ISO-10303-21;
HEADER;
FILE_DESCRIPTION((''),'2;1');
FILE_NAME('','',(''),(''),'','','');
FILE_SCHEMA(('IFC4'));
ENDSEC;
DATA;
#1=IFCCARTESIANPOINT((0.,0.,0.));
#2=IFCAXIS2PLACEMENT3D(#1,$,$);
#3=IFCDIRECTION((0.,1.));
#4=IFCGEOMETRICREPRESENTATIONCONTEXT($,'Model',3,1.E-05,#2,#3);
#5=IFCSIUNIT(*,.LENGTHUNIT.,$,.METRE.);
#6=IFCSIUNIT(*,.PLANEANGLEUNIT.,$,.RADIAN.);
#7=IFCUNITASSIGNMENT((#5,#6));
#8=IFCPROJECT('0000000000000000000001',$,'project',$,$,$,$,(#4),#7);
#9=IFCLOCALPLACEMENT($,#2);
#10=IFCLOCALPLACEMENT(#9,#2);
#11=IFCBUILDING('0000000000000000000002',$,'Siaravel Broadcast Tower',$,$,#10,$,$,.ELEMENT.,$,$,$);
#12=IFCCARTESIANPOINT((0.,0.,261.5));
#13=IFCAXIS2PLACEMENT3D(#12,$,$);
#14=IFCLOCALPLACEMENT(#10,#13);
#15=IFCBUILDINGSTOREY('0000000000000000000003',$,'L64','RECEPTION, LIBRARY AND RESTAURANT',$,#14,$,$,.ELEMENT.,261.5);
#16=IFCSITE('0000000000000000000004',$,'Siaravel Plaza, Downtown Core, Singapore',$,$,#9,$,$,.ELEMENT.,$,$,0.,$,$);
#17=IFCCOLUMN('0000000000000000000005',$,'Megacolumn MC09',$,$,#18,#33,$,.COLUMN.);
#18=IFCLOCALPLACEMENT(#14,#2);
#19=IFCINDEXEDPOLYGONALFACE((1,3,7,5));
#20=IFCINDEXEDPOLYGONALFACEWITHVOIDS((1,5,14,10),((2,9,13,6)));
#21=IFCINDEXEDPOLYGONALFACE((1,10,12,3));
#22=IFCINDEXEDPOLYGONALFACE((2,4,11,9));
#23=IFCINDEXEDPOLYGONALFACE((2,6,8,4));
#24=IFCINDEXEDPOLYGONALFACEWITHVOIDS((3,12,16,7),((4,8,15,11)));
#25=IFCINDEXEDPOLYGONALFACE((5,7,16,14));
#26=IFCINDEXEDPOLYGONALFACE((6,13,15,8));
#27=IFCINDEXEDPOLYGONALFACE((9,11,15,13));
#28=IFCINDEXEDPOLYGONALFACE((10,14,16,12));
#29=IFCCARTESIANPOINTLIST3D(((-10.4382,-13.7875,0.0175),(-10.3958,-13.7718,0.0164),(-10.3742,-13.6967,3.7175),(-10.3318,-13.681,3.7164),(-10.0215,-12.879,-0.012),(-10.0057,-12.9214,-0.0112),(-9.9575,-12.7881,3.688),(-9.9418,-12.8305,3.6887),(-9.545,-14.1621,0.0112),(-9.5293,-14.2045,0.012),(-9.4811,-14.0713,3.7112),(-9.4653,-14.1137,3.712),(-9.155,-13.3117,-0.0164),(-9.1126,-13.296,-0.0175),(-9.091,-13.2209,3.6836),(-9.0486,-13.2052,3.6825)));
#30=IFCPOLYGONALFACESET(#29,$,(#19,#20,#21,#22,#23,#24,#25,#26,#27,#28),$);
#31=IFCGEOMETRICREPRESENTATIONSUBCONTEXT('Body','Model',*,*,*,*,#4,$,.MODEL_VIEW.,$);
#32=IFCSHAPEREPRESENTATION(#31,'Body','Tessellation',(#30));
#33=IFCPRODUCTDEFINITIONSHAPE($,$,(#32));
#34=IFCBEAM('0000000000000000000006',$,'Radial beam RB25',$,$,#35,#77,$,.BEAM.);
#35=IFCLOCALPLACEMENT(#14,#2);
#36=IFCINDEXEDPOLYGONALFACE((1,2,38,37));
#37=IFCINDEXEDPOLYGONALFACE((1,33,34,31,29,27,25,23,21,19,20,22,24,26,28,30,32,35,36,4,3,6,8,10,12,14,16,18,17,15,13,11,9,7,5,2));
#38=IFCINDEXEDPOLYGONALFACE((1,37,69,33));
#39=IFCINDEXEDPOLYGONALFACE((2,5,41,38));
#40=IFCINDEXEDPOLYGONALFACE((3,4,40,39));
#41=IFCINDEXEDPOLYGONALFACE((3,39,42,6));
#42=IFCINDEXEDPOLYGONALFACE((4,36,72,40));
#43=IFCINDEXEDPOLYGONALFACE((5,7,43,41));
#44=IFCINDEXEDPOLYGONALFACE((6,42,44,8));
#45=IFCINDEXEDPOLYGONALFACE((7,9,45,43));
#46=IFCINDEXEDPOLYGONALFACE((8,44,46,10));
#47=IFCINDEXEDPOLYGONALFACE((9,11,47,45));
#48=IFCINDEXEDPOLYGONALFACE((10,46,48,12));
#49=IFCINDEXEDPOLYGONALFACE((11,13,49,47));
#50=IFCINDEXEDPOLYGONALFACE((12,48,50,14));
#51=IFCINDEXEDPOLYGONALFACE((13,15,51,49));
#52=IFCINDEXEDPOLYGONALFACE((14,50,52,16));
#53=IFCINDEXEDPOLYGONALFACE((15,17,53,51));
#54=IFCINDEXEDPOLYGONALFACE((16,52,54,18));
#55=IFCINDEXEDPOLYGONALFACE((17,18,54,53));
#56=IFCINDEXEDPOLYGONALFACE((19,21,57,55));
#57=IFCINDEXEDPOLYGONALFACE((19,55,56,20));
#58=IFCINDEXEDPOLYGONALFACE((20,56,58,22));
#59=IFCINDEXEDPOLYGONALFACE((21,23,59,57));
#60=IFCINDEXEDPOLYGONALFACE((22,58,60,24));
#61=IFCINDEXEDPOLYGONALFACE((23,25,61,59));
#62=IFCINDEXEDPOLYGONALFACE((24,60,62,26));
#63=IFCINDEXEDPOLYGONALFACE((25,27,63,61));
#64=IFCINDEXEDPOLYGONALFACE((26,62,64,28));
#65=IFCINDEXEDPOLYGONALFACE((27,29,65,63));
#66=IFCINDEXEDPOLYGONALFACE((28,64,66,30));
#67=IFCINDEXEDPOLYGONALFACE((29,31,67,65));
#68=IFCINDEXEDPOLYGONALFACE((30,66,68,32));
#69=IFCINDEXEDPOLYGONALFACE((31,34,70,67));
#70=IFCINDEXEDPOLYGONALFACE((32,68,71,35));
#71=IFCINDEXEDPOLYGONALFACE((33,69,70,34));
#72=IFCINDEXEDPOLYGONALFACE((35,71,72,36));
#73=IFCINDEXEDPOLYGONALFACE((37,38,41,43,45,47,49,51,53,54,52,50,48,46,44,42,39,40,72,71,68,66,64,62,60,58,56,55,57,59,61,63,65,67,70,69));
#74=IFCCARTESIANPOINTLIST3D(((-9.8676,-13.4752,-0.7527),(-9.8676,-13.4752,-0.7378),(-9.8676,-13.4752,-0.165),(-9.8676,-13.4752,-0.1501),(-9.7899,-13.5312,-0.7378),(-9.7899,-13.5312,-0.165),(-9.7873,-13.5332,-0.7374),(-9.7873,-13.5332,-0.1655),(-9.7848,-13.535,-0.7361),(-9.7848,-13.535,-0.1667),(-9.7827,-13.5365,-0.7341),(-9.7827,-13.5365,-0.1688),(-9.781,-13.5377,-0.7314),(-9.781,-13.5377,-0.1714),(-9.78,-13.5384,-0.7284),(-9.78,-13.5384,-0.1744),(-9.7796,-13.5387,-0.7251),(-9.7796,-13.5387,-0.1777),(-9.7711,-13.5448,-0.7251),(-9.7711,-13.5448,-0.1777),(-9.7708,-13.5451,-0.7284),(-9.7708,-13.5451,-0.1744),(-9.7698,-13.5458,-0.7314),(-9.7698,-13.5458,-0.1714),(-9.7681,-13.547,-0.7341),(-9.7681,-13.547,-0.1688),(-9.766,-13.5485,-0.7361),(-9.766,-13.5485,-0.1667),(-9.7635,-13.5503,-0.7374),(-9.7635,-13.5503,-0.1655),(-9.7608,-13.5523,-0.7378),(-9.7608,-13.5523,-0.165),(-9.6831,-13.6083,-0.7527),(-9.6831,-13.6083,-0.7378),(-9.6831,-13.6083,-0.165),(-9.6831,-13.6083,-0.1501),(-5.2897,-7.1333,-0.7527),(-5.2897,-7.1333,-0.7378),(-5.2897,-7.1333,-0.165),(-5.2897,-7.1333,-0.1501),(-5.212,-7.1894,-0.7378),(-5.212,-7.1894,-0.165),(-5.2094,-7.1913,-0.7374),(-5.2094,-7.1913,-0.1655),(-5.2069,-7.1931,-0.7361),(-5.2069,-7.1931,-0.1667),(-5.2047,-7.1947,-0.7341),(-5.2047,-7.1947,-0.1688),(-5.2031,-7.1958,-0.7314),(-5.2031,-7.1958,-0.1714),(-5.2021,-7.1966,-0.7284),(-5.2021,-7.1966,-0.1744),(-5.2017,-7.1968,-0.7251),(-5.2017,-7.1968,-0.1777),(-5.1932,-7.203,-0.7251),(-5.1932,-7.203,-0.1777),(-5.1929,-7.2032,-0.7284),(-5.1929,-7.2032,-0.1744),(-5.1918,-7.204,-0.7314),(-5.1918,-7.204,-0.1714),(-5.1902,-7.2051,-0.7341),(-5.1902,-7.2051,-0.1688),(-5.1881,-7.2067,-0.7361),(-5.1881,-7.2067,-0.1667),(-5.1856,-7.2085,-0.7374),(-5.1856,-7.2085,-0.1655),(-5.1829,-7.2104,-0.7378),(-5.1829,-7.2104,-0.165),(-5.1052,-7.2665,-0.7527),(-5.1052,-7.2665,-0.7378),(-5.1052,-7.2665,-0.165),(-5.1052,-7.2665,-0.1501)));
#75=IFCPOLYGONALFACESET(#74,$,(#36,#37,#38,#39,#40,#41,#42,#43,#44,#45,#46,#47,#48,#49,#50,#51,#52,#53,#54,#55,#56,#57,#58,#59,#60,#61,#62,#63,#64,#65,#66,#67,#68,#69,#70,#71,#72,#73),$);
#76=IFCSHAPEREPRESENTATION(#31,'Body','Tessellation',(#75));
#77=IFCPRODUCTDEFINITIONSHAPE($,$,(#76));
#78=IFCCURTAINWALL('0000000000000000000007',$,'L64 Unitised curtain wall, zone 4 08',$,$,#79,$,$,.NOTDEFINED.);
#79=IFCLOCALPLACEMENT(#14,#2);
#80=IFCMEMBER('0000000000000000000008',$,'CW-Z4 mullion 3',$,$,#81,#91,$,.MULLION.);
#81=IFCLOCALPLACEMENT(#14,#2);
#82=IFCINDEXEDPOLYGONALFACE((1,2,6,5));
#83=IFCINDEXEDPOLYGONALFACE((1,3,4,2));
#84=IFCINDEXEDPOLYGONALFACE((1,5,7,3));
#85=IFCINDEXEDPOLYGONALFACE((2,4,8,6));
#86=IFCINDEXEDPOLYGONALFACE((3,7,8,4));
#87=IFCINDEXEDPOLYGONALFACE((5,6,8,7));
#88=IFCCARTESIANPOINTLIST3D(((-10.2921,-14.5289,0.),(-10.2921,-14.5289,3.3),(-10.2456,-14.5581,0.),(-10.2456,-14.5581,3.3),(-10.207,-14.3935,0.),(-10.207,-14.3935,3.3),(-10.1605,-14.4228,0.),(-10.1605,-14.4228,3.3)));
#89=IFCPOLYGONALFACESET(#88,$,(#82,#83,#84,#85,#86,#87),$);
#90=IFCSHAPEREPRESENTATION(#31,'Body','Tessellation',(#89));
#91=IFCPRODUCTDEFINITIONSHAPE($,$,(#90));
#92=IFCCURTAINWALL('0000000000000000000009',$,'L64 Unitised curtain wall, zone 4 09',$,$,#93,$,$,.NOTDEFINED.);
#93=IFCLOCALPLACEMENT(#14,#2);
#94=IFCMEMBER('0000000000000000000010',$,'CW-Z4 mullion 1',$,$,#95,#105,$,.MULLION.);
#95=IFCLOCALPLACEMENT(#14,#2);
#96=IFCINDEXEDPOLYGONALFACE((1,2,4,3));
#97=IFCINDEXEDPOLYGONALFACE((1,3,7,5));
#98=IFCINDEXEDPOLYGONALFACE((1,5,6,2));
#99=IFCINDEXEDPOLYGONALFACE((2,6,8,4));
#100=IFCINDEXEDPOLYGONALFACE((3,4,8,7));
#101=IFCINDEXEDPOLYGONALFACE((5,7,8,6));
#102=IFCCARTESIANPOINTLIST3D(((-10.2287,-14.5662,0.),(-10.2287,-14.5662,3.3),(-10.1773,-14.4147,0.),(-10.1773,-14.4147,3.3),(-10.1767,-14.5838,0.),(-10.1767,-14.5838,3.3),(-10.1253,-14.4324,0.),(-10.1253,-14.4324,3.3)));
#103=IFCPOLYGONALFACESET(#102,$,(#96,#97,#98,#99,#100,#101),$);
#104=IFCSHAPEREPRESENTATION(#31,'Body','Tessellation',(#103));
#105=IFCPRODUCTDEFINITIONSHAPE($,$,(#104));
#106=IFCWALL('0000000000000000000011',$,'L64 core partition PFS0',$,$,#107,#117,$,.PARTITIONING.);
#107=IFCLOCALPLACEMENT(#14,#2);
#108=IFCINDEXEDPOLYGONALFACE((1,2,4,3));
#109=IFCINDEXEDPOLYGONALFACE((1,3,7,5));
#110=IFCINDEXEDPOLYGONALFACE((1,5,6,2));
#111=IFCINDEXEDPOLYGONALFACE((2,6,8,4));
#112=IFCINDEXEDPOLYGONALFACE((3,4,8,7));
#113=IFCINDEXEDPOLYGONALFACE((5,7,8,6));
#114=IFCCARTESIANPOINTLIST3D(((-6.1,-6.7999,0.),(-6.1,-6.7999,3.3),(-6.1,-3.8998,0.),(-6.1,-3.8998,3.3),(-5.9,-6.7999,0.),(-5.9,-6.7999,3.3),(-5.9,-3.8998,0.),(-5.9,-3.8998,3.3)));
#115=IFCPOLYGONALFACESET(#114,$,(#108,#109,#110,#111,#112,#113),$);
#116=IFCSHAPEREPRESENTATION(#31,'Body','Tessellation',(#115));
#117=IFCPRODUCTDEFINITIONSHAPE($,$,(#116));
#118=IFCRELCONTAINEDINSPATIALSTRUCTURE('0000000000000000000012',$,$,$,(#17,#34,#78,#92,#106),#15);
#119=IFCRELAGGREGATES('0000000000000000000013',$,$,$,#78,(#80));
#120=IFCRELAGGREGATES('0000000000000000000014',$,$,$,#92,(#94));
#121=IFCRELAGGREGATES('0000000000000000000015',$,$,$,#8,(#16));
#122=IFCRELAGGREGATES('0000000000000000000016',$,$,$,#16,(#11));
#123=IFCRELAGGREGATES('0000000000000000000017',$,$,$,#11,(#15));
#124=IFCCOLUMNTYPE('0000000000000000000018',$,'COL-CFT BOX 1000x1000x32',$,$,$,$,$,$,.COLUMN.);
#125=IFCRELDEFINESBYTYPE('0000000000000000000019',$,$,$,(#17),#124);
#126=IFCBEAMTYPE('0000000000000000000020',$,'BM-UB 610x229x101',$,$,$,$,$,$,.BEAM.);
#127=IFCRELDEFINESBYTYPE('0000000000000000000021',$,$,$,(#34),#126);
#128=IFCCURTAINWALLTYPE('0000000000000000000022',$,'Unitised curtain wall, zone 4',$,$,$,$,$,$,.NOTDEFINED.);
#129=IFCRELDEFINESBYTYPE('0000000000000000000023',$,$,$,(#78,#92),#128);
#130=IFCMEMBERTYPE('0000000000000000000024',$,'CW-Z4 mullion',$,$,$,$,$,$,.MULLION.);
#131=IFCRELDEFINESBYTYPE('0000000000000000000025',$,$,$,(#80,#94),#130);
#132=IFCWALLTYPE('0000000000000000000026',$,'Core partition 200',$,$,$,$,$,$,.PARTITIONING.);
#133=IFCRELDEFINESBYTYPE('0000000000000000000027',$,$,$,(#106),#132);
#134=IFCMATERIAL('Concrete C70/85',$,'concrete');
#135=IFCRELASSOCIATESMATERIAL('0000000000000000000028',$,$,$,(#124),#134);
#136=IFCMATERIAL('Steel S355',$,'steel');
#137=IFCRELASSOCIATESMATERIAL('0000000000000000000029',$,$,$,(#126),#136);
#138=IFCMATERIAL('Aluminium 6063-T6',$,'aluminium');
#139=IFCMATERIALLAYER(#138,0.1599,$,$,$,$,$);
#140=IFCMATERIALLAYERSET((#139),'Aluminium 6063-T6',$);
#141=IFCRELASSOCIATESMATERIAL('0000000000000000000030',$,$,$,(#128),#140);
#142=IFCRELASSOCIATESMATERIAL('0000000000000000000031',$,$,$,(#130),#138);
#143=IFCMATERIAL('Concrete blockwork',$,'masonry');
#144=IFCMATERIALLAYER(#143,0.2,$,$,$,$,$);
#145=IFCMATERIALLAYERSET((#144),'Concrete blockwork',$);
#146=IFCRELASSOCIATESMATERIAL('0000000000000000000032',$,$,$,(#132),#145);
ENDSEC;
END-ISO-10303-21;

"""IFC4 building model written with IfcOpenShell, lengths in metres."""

from ifc_helpers import new_model, si_unit, direction, frame, frame_2d, origin, origin_2d, place, context, subcontext, project, spatial, rectangle, hollow_rectangle, i_section, extrude, material, layer, layer_set, material_profile, profile_set, type_object, element, aggregate, save


model = new_model("IFC4")

# Units and contexts
model_context = context("Model", 3, precision=1e-05, world=origin(), true_north=direction((0.0, 1.0)))
body_context = subcontext(model_context, "Body", "Model", "MODEL_VIEW")
ifc_project = project(units=[si_unit("LENGTHUNIT", "METRE"), si_unit("PLANEANGLEUNIT", "RADIAN")], contexts=[model_context])

# Site, building, storey
site_placement = place(None, origin())
site = spatial("IfcSite", under=ifc_project, at=site_placement, Name="Siaravel Plaza, Downtown Core, Singapore", CompositionType="ELEMENT", RefElevation=0.0)
building_placement = place(site_placement, origin())
building = spatial("IfcBuilding", under=site, at=building_placement, Name="Siaravel Broadcast Tower", CompositionType="ELEMENT")
storey_placement = place(building_placement, frame((0.0, 0.0, 261.5)))
storey = spatial("IfcBuildingStorey", under=building, at=storey_placement, Name="L64", Description="RECEPTION, LIBRARY AND RESTAURANT", CompositionType="ELEMENT", Elevation=261.5)

# Column
ifc_material_1 = material(Name="Concrete C70/85", Category="concrete")
ifc_material_profile_1 = material_profile(ifc_material_1, hollow_rectangle(XDim=1.0, YDim=1.0, WallThickness=0.032, at=origin_2d()))
ifc_profile_set_1 = profile_set([ifc_material_profile_1], Name="Concrete C70/85")
column_type = type_object("IfcColumnType", Name="COL-CFT BOX 1000x1000x32", PredefinedType="COLUMN", material=ifc_profile_set_1)
column_placement = place(storey_placement, frame((-9.7754, -13.5417, 0.0), z_axis=(0.01728, 0.024535, 0.99955), x_axis=(-0.908883, 0.417016, 0.005477)))
element("IfcColumn", 1, at=column_placement, inside=storey, type_object=column_type, Name="Megacolumn MC09", PredefinedType="COLUMN", context=body_context, shape_type="SweptSolid", body=[
    extrude(hollow_rectangle(XDim=1.0, YDim=1.0, WallThickness=0.032, at=origin_2d()), origin(), (0.0, 0.0, 1.0), 3.7017),
])

# Beam
ifc_material_2 = material(Name="Steel S355", Category="steel")
ifc_material_profile_2 = material_profile(ifc_material_2, i_section(OverallWidth=0.2275, OverallDepth=0.6025, WebThickness=0.0105, FlangeThickness=0.0149, FilletRadius=0.0127, at=origin_2d()))
ifc_profile_set_2 = profile_set([ifc_material_profile_2], Name="Steel S355")
beam_type = type_object("IfcBeamType", Name="BM-UB 610x229x101", PredefinedType="BEAM", material=ifc_profile_set_2)
beam_placement = place(storey_placement, frame((-9.7754, -13.5417, -0.4514), z_axis=(0.585297, 0.810819, 0.0), x_axis=(-0.810819, 0.585297, 0.0)))
element("IfcBeam", 2, at=beam_placement, inside=storey, type_object=beam_type, Name="Radial beam RB25", PredefinedType="BEAM", context=body_context, shape_type="SweptSolid", body=[
    extrude(i_section(OverallWidth=0.2275, OverallDepth=0.6025, WebThickness=0.0105, FlangeThickness=0.0149, FilletRadius=0.0127, at=origin_2d()), origin(), (0.0, 0.0, 1.0), 7.8215),
])

# Curtain walls, members
ifc_material_3 = material(Name="Aluminium 6063-T6", Category="aluminium")
ifc_layer_1 = layer(ifc_material_3, 0.1599)
ifc_layer_set_1 = layer_set([ifc_layer_1], Name="Aluminium 6063-T6")
curtain_wall_type = type_object("IfcCurtainWallType", Name="Unitised curtain wall, zone 4", PredefinedType="NOTDEFINED", material=ifc_layer_set_1)
curtain_wall_1_placement = place(storey_placement, origin())
curtain_wall_1 = element("IfcCurtainWall", 3, at=curtain_wall_1_placement, inside=storey, type_object=curtain_wall_type, Name="L64 Unitised curtain wall, zone 4 08", PredefinedType="NOTDEFINED")
ifc_material_profile_3 = material_profile(ifc_material_3, rectangle(XDim=0.1599, YDim=0.0549, at=origin_2d()))
ifc_profile_set_3 = profile_set([ifc_material_profile_3], Name="Aluminium 6063-T6")
member_type = type_object("IfcMemberType", Name="CW-Z4 mullion", PredefinedType="MULLION", material=ifc_profile_set_3)
member_1_placement = place(storey_placement, frame((-10.2263, -14.4758, 0.0), z_axis=(0.0, 0.0, 1.0), x_axis=(0.532151, 0.84665, 0.0)))
member_1 = element("IfcMember", 4, at=member_1_placement, type_object=member_type, Name="CW-Z4 mullion 3", PredefinedType="MULLION", context=body_context, shape_type="SweptSolid", body=[
    extrude(rectangle(XDim=0.1599, YDim=0.0549, at=origin_2d()), origin(), (0.0, 0.0, 1.0), 3.3),
])
aggregate(curtain_wall_1, [member_1])
curtain_wall_2_placement = place(storey_placement, origin())
curtain_wall_2 = element("IfcCurtainWall", 5, at=curtain_wall_2_placement, inside=storey, type_object=curtain_wall_type, Name="L64 Unitised curtain wall, zone 4 09", PredefinedType="NOTDEFINED")
member_2_placement = place(storey_placement, frame((-10.177, -14.4993, 0.0), z_axis=(0.0, 0.0, 1.0), x_axis=(0.321302, 0.946977, 0.0)))
member_2 = element("IfcMember", 6, at=member_2_placement, type_object=member_type, Name="CW-Z4 mullion 1", PredefinedType="MULLION", context=body_context, shape_type="SweptSolid", body=[
    extrude(rectangle(XDim=0.1599, YDim=0.0549, at=origin_2d()), origin(), (0.0, 0.0, 1.0), 3.3),
])
aggregate(curtain_wall_2, [member_2])

# Wall
ifc_material_4 = material(Name="Concrete blockwork", Category="masonry")
ifc_layer_2 = layer(ifc_material_4, 0.2)
ifc_layer_set_2 = layer_set([ifc_layer_2], Name="Concrete blockwork")
wall_type_1 = type_object("IfcWallType", Name="Core partition 200", PredefinedType="PARTITIONING", material=ifc_layer_set_2)
wall_1_placement = place(storey_placement, frame((-6.0, -6.8, 0.0), z_axis=(0.0, 0.0, 1.0), x_axis=(0.0, 1.0, 0.0)))
element("IfcWall", 7, at=wall_1_placement, inside=storey, type_object=wall_type_1, Name="L64 core partition PFS0", PredefinedType="PARTITIONING", context=body_context, shape_type="SweptSolid", body=[
    extrude(rectangle(XDim=2.9001, YDim=0.2, at=frame_2d((1.4502, 0.0))), origin(), (0.0, 0.0, 1.0), 3.3),
])

save(model, "model.ifc")
